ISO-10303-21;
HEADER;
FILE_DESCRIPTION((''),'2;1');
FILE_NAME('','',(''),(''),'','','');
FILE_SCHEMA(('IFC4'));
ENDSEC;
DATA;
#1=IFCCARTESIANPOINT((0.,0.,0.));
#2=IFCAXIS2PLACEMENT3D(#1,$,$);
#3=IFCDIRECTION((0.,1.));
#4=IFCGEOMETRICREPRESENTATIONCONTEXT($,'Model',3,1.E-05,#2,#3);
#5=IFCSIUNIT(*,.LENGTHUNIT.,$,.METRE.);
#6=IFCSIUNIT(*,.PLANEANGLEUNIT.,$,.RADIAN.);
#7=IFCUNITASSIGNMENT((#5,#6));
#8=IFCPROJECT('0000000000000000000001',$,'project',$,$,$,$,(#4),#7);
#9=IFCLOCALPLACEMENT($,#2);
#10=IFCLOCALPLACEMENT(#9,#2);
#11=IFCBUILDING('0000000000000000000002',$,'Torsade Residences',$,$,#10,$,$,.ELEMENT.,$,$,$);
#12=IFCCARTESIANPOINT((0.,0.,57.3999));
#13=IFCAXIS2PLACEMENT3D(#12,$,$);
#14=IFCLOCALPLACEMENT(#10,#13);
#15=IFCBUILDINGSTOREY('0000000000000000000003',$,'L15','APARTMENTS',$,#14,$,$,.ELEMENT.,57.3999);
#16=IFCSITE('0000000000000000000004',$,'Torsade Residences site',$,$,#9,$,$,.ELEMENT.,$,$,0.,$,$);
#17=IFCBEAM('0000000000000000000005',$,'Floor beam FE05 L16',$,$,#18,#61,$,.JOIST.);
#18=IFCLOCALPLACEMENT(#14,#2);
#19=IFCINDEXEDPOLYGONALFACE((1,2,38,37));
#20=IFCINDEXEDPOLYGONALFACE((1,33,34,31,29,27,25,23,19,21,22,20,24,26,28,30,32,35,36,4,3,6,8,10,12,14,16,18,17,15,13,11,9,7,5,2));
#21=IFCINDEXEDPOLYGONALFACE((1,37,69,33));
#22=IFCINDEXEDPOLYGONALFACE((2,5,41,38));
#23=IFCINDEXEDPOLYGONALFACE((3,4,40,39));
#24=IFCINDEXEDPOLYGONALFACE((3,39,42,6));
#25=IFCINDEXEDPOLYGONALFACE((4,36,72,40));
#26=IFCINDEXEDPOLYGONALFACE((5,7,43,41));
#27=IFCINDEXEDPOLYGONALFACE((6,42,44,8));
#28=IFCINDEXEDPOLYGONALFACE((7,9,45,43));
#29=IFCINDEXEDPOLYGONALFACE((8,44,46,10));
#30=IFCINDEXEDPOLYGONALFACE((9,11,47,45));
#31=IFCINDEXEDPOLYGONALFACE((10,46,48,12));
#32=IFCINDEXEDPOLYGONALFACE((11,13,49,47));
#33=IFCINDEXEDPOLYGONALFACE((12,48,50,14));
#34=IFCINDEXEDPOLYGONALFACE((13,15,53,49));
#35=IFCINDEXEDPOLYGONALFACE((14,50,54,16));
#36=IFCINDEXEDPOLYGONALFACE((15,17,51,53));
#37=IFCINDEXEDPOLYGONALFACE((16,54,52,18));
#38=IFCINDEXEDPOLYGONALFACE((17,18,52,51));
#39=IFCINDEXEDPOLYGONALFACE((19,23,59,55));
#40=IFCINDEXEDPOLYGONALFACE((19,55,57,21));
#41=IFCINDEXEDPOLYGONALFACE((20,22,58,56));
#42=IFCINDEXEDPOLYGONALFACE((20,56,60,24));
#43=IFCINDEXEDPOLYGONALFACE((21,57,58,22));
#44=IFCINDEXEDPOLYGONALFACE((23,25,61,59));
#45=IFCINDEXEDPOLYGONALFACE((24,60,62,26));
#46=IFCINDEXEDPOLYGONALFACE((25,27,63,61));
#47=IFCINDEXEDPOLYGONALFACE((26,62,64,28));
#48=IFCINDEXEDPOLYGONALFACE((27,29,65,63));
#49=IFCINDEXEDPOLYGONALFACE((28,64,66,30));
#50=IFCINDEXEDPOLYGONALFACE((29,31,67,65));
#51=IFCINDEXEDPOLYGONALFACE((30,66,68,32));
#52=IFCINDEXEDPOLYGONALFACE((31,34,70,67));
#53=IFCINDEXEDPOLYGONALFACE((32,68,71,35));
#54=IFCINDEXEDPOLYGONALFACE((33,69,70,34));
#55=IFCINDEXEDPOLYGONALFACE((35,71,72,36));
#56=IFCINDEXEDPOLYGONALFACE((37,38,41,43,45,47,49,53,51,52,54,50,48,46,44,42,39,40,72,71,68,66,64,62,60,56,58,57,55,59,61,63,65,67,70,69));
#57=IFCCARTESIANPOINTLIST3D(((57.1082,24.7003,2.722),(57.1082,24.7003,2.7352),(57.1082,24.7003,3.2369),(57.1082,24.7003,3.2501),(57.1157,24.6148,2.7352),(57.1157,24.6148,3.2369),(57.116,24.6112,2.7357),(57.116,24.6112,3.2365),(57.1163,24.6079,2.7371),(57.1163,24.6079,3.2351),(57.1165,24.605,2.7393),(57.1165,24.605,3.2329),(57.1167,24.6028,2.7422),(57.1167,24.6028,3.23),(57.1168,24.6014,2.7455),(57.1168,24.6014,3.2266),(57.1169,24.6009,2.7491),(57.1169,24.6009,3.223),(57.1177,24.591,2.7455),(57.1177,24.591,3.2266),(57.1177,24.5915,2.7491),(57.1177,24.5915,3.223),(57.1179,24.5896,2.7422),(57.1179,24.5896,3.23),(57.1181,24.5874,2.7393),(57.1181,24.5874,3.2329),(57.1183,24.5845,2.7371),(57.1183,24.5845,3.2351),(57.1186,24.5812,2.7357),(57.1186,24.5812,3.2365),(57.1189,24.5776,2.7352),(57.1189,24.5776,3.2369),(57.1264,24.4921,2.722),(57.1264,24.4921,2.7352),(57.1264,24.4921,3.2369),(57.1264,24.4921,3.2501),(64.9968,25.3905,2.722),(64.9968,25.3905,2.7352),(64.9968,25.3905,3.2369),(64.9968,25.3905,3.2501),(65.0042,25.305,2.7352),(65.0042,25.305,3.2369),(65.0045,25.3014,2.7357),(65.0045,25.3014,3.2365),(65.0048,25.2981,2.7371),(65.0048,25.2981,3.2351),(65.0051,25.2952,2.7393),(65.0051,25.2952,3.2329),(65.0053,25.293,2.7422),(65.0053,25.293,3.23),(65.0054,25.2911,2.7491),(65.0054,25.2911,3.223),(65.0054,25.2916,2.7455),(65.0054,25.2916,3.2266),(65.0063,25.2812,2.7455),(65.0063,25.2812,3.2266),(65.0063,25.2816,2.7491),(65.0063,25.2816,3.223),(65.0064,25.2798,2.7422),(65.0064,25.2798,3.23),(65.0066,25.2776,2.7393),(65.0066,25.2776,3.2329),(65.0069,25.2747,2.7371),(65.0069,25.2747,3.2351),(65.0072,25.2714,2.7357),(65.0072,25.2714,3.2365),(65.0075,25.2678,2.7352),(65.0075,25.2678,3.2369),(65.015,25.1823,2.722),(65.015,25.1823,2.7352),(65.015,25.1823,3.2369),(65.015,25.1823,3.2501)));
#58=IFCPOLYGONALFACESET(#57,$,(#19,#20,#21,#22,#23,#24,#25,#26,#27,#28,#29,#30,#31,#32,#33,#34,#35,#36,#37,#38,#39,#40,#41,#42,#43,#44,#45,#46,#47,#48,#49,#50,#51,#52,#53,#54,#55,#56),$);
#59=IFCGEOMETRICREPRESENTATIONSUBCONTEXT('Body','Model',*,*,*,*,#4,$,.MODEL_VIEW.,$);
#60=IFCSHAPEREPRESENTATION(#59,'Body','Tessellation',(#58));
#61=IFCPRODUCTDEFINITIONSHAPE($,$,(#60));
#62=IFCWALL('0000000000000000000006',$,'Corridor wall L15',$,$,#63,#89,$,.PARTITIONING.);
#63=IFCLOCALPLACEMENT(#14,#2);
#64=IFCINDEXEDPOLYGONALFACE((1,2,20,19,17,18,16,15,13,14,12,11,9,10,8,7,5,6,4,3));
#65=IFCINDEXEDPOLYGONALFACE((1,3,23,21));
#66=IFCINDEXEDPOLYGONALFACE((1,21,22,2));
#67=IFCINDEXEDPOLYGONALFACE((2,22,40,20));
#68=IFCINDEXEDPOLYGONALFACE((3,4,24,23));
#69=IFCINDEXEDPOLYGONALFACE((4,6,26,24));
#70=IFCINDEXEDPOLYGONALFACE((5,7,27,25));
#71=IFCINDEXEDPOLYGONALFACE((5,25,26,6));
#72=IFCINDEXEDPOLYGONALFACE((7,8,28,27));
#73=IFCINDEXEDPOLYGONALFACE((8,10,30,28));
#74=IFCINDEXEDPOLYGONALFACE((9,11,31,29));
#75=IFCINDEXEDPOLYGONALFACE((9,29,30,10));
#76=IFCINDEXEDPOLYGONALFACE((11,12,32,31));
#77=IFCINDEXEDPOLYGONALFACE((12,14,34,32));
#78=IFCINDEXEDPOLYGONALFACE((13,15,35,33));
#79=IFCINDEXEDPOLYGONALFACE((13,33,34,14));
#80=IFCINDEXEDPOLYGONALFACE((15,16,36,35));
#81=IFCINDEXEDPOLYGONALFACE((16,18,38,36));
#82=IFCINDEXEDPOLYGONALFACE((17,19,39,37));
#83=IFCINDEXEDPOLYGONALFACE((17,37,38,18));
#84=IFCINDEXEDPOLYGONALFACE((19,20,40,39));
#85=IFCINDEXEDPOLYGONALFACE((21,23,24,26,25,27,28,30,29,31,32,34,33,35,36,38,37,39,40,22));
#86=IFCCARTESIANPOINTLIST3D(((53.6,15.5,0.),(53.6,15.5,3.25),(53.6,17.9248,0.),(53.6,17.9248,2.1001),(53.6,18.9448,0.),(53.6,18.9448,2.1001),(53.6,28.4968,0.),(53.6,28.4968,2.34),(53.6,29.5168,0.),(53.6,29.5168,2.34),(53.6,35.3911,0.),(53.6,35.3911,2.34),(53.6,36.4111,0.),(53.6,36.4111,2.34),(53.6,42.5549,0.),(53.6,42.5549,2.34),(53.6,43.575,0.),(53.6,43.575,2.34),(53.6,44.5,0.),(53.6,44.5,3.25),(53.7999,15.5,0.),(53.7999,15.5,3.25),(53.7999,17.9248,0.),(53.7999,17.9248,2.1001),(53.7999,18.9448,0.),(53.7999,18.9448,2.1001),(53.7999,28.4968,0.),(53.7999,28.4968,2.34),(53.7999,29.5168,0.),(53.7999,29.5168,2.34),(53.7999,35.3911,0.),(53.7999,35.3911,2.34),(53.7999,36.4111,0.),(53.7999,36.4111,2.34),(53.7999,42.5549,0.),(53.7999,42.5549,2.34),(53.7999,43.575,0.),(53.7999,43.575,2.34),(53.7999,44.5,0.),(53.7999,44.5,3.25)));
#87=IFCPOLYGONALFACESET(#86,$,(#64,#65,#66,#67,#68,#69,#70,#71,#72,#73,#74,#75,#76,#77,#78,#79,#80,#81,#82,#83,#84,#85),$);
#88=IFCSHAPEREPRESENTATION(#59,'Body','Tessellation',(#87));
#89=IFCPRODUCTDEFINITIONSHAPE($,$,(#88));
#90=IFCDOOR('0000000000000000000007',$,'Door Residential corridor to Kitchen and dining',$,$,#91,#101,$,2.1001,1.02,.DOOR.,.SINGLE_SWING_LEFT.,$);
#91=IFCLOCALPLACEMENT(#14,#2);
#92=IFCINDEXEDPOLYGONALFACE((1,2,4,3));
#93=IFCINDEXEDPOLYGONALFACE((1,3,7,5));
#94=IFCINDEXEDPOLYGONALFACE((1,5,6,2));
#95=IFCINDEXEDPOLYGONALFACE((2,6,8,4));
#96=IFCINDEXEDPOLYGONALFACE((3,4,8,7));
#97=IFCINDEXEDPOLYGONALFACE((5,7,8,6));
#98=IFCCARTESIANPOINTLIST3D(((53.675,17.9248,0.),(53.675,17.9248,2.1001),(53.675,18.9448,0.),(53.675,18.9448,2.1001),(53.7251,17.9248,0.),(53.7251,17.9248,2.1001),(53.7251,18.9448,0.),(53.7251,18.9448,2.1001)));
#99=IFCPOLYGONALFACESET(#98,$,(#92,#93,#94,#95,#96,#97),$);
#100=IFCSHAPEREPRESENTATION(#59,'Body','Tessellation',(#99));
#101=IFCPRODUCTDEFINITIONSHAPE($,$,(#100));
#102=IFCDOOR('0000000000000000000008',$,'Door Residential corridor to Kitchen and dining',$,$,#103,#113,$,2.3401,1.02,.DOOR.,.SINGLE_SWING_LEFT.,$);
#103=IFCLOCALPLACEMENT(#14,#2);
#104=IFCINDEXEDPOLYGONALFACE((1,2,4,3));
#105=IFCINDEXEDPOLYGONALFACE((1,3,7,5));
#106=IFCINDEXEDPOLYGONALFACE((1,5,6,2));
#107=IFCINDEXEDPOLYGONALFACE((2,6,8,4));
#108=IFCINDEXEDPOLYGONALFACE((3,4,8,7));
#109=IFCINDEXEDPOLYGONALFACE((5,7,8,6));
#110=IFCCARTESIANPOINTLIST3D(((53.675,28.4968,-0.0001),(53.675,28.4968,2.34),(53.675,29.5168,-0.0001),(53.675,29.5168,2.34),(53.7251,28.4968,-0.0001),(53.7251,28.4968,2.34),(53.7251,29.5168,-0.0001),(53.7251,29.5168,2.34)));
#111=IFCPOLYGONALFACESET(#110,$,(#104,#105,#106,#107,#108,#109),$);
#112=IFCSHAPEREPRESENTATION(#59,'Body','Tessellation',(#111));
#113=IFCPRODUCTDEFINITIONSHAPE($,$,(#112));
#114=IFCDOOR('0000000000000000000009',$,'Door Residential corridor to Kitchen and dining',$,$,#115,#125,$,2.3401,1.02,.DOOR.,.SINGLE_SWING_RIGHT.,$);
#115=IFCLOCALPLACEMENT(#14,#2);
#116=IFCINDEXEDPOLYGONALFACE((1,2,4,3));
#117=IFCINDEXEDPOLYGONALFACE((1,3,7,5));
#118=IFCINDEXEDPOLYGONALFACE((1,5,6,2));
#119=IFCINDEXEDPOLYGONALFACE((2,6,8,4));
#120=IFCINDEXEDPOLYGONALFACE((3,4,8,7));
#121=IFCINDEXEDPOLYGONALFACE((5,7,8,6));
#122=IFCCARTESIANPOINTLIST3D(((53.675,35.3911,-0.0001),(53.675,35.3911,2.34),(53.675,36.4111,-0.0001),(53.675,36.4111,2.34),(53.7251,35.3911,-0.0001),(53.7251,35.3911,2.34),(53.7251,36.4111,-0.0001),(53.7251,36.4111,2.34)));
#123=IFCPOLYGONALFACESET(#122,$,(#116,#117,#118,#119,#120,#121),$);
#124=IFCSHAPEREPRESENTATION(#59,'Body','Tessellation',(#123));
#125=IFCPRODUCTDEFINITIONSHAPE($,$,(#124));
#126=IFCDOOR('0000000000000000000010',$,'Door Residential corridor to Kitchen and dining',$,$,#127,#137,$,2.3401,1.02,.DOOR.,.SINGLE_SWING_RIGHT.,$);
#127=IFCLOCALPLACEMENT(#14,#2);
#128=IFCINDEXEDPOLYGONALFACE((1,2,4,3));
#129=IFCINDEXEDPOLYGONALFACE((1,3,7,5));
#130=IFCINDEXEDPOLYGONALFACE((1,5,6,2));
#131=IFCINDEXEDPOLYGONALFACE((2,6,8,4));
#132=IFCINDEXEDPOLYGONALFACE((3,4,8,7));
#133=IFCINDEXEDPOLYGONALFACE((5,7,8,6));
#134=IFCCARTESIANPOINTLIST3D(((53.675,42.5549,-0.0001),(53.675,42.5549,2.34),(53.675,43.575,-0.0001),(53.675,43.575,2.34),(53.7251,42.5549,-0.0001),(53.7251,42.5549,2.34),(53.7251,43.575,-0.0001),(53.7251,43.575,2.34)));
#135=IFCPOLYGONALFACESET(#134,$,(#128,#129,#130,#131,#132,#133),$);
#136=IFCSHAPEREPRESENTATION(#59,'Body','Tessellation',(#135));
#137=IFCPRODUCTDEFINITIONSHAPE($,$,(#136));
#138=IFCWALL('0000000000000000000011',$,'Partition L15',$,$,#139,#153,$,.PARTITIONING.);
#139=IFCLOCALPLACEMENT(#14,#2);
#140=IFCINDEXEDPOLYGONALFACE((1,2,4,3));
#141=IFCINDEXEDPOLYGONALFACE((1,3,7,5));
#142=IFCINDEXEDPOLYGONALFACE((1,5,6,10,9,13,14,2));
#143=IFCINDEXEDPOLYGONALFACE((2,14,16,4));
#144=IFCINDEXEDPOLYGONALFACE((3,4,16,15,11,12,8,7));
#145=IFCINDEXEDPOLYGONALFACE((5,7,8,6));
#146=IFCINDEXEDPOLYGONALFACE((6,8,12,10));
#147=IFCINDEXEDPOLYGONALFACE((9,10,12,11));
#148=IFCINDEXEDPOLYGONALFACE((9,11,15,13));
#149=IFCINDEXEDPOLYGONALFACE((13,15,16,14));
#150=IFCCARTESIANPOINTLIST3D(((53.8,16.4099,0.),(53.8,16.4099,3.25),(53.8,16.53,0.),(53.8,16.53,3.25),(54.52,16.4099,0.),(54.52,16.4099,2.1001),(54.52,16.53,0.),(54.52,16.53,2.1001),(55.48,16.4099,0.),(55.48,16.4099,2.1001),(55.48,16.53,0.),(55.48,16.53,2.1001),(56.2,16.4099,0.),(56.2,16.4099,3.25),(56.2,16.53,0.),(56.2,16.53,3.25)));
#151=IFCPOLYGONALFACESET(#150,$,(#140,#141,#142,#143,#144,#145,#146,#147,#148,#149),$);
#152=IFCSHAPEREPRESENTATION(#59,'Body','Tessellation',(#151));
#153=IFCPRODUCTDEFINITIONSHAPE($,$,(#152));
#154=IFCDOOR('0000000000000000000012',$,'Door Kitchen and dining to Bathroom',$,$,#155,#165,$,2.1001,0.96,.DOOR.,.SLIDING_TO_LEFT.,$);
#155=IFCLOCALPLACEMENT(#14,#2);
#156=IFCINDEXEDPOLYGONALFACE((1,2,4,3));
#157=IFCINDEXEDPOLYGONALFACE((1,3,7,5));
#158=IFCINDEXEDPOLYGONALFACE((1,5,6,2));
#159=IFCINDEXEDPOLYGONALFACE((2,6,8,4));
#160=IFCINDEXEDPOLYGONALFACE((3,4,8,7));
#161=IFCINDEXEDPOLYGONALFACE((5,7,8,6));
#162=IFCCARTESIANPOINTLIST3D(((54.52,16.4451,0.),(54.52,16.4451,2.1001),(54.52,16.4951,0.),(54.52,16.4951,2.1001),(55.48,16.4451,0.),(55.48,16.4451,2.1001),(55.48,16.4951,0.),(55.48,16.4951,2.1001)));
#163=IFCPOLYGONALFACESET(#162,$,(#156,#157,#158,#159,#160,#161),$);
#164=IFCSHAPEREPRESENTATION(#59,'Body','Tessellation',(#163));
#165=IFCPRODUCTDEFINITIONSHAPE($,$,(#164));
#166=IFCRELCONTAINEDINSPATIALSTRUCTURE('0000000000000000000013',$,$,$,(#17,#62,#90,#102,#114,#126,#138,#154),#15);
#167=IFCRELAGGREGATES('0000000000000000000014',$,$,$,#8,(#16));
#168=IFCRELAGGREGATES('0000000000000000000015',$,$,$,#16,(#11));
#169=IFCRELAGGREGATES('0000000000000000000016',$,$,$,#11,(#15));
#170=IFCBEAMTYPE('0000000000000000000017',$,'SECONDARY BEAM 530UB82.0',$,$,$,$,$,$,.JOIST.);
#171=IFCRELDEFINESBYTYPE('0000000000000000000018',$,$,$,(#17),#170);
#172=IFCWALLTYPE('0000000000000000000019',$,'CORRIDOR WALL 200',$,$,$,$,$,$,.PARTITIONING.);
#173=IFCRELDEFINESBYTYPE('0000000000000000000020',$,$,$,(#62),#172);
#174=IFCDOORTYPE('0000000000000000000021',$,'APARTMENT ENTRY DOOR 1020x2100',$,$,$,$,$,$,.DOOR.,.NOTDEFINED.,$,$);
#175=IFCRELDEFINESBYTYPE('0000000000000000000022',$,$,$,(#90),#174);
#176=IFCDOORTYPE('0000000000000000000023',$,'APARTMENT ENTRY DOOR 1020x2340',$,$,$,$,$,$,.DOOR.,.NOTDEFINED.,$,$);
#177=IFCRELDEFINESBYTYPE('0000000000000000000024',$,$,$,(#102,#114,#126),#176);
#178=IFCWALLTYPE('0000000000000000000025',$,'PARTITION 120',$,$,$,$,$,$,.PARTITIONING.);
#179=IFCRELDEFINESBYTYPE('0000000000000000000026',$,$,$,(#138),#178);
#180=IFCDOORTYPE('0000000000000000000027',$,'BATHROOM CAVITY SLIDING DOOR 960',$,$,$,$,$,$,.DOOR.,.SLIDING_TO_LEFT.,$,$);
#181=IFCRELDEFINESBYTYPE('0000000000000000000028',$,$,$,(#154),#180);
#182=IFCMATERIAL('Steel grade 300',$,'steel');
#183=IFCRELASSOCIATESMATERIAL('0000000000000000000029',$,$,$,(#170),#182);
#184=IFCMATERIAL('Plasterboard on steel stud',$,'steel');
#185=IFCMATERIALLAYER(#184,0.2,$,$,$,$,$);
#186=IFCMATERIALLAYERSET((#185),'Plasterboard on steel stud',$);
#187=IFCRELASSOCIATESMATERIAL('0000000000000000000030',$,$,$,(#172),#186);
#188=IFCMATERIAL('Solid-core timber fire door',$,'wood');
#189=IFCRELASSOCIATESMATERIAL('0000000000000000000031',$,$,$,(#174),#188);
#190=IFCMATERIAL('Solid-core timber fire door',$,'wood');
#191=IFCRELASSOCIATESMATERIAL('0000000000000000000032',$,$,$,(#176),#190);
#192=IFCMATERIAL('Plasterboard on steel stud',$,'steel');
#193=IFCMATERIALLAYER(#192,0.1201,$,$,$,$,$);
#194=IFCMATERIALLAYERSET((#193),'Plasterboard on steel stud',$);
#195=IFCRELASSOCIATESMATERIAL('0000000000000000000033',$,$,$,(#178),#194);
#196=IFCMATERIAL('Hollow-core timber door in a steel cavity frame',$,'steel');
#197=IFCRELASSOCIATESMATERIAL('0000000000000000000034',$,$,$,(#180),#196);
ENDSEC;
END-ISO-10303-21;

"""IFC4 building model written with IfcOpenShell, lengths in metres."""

from ifc_helpers import new_model, si_unit, direction, frame, frame_2d, origin, origin_2d, place, context, subcontext, project, spatial, rectangle, i_section, extrude, material, layer, layer_set, material_profile, profile_set, type_object, element, fill, save


model = new_model("IFC4")

# Units and contexts
model_context = context("Model", 3, precision=1e-05, world=origin(), true_north=direction((0.0, 1.0)))
body_context = subcontext(model_context, "Body", "Model", "MODEL_VIEW")
ifc_project = project(units=[si_unit("LENGTHUNIT", "METRE"), si_unit("PLANEANGLEUNIT", "RADIAN")], contexts=[model_context])

# Site, building, storey
site_placement = place(None, origin())
site = spatial("IfcSite", under=ifc_project, at=site_placement, Name="Torsade Residences site", CompositionType="ELEMENT", RefElevation=0.0)
building_placement = place(site_placement, origin())
building = spatial("IfcBuilding", under=site, at=building_placement, Name="Torsade Residences", CompositionType="ELEMENT")
storey_placement = place(building_placement, frame((0.0, 0.0, 57.3999)))
storey = spatial("IfcBuildingStorey", under=building, at=storey_placement, Name="L15", Description="APARTMENTS", CompositionType="ELEMENT", Elevation=57.3999)

# Beam
ifc_material_1 = material(Name="Steel grade 300", Category="steel")
ifc_material_profile_1 = material_profile(ifc_material_1, i_section(OverallWidth=0.209, OverallDepth=0.5281, WebThickness=0.0095, FlangeThickness=0.0132, FilletRadius=0.0139, at=origin_2d()), Name="530UB82.0")
ifc_profile_set_1 = profile_set([ifc_material_profile_1], Name="Steel grade 300")
beam_type_1 = type_object("IfcBeamType", Name="SECONDARY BEAM 530UB82.0", PredefinedType="JOIST", material=ifc_profile_set_1)
beam_1_placement = place(storey_placement, frame((65.0059, 25.2864, 2.9861), z_axis=(-0.996195, -0.087158, 0.0), x_axis=(0.087158, -0.996195, 0.0)))
element("IfcBeam", 1, at=beam_1_placement, inside=storey, type_object=beam_type_1, Name="Floor beam FE05 L16", PredefinedType="JOIST", context=body_context, shape_type="SweptSolid", body=[
    extrude(i_section(OverallWidth=0.209, OverallDepth=0.5281, WebThickness=0.0095, FlangeThickness=0.0132, FilletRadius=0.0139, at=origin_2d()), origin(), (0.0, 0.0, 1.0), 7.9187),
])

# Wall, openings, doors
ifc_material_2 = material(Name="Plasterboard on steel stud", Category="steel")
ifc_layer_1 = layer(ifc_material_2, 0.2)
ifc_layer_set_1 = layer_set([ifc_layer_1], Name="Plasterboard on steel stud")
wall_type_1 = type_object("IfcWallType", Name="CORRIDOR WALL 200", PredefinedType="PARTITIONING", material=ifc_layer_set_1)
wall_1_placement = place(storey_placement, frame((53.7, 15.5, 0.0), z_axis=(0.0, 0.0, 1.0), x_axis=(0.0, 1.0, 0.0)))
wall_1 = element("IfcWall", 2, at=wall_1_placement, inside=storey, type_object=wall_type_1, Name="Corridor wall L15", PredefinedType="PARTITIONING", context=body_context, shape_type="SweptSolid", body=[
    extrude(rectangle(XDim=29.0, YDim=0.2, at=frame_2d((14.5, 0.0))), origin(), (0.0, 0.0, 1.0), 3.25),
])
opening_1_placement = place(wall_1_placement, frame((12.9968, 0.0, 0.0)))
opening_1 = element("IfcOpeningElement", 3, at=opening_1_placement, cuts=wall_1, PredefinedType="OPENING", context=body_context, shape_type="SweptSolid", body=[
    extrude(rectangle(XDim=1.02, YDim=2.3401, at=frame_2d((0.51, 1.1699))), frame((0.0, 0.1099, 0.0), z_axis=(0.0, -1.0, 0.0), x_axis=(1.0, 0.0, 0.0)), (0.0, 0.0, 1.0), 0.22),
])
opening_2_placement = place(wall_1_placement, frame((19.8911, 0.0, 0.0)))
opening_2 = element("IfcOpeningElement", 4, at=opening_2_placement, cuts=wall_1, PredefinedType="OPENING", context=body_context, shape_type="SweptSolid", body=[
    extrude(rectangle(XDim=1.02, YDim=2.3401, at=frame_2d((0.51, 1.1699))), frame((0.0, 0.1099, 0.0), z_axis=(0.0, -1.0, 0.0), x_axis=(1.0, 0.0, 0.0)), (0.0, 0.0, 1.0), 0.22),
])
opening_3_placement = place(wall_1_placement, frame((2.4248, 0.0, 0.0)))
opening_3 = element("IfcOpeningElement", 5, at=opening_3_placement, cuts=wall_1, PredefinedType="OPENING", context=body_context, shape_type="SweptSolid", body=[
    extrude(rectangle(XDim=1.02, YDim=2.1001, at=frame_2d((0.51, 1.05))), frame((0.0, 0.1099, 0.0), z_axis=(0.0, -1.0, 0.0), x_axis=(1.0, 0.0, 0.0)), (0.0, 0.0, 1.0), 0.22),
])
opening_4_placement = place(wall_1_placement, frame((27.0549, 0.0, 0.0)))
opening_4 = element("IfcOpeningElement", 6, at=opening_4_placement, cuts=wall_1, PredefinedType="OPENING", context=body_context, shape_type="SweptSolid", body=[
    extrude(rectangle(XDim=1.02, YDim=2.3401, at=frame_2d((0.51, 1.1699))), frame((0.0, 0.1099, 0.0), z_axis=(0.0, -1.0, 0.0), x_axis=(1.0, 0.0, 0.0)), (0.0, 0.0, 1.0), 0.22),
])
ifc_material_3 = material(Name="Solid-core timber fire door", Category="wood")
door_type_1 = type_object("IfcDoorType", Name="APARTMENT ENTRY DOOR 1020x2100", OperationType="NOTDEFINED", PredefinedType="DOOR", material=ifc_material_3)
door_1_placement = place(opening_3_placement, origin())
door_1 = element("IfcDoor", 7, at=door_1_placement, inside=storey, type_object=door_type_1, Name="Door Residential corridor to Kitchen and dining", OperationType="SINGLE_SWING_LEFT", OverallHeight=2.1001, OverallWidth=1.02, PredefinedType="DOOR", context=body_context, shape_type="SweptSolid", body=[
    extrude(rectangle(XDim=1.02, YDim=2.1001, at=frame_2d((0.51, 1.05))), frame((0.0, 0.0249, 0.0), z_axis=(0.0, -1.0, 0.0), x_axis=(1.0, 0.0, 0.0)), (0.0, 0.0, 1.0), 0.05),
])
fill(opening_3, door_1)
ifc_material_4 = material(Name="Solid-core timber fire door", Category="wood")
door_type_2 = type_object("IfcDoorType", Name="APARTMENT ENTRY DOOR 1020x2340", OperationType="NOTDEFINED", PredefinedType="DOOR", material=ifc_material_4)
door_2_placement = place(opening_1_placement, origin())
door_2 = element("IfcDoor", 8, at=door_2_placement, inside=storey, type_object=door_type_2, Name="Door Residential corridor to Kitchen and dining", OperationType="SINGLE_SWING_LEFT", OverallHeight=2.3401, OverallWidth=1.02, PredefinedType="DOOR", context=body_context, shape_type="SweptSolid", body=[
    extrude(rectangle(XDim=1.02, YDim=2.3401, at=frame_2d((0.51, 1.1699))), frame((0.0, 0.0249, 0.0), z_axis=(0.0, -1.0, 0.0), x_axis=(1.0, 0.0, 0.0)), (0.0, 0.0, 1.0), 0.05),
])
fill(opening_1, door_2)
door_3_placement = place(opening_2_placement, origin())
door_3 = element("IfcDoor", 9, at=door_3_placement, inside=storey, type_object=door_type_2, Name="Door Residential corridor to Kitchen and dining", OperationType="SINGLE_SWING_RIGHT", OverallHeight=2.3401, OverallWidth=1.02, PredefinedType="DOOR", context=body_context, shape_type="SweptSolid", body=[
    extrude(rectangle(XDim=1.02, YDim=2.3401, at=frame_2d((0.51, 1.1699))), frame((0.0, 0.0249, 0.0), z_axis=(0.0, -1.0, 0.0), x_axis=(1.0, 0.0, 0.0)), (0.0, 0.0, 1.0), 0.05),
])
fill(opening_2, door_3)
door_4_placement = place(opening_4_placement, origin())
door_4 = element("IfcDoor", 10, at=door_4_placement, inside=storey, type_object=door_type_2, Name="Door Residential corridor to Kitchen and dining", OperationType="SINGLE_SWING_RIGHT", OverallHeight=2.3401, OverallWidth=1.02, PredefinedType="DOOR", context=body_context, shape_type="SweptSolid", body=[
    extrude(rectangle(XDim=1.02, YDim=2.3401, at=frame_2d((0.51, 1.1699))), frame((0.0, 0.0249, 0.0), z_axis=(0.0, -1.0, 0.0), x_axis=(1.0, 0.0, 0.0)), (0.0, 0.0, 1.0), 0.05),
])
fill(opening_4, door_4)

# Wall, opening, door
ifc_material_5 = material(Name="Plasterboard on steel stud", Category="steel")
ifc_layer_2 = layer(ifc_material_5, 0.1201)
ifc_layer_set_2 = layer_set([ifc_layer_2], Name="Plasterboard on steel stud")
wall_type_2 = type_object("IfcWallType", Name="PARTITION 120", PredefinedType="PARTITIONING", material=ifc_layer_set_2)
wall_2_placement = place(storey_placement, frame((56.2, 16.47, 0.0), z_axis=(0.0, 0.0, 1.0), x_axis=(-1.0, 0.0, 0.0)))
wall_2 = element("IfcWall", 11, at=wall_2_placement, inside=storey, type_object=wall_type_2, Name="Partition L15", PredefinedType="PARTITIONING", context=body_context, shape_type="SweptSolid", body=[
    extrude(rectangle(XDim=2.3999, YDim=0.1201, at=frame_2d((1.2, 0.0))), origin(), (0.0, 0.0, 1.0), 3.25),
])
opening_5_placement = place(wall_2_placement, frame((0.72, 0.0, 0.0)))
opening_5 = element("IfcOpeningElement", 12, at=opening_5_placement, cuts=wall_2, PredefinedType="OPENING", context=body_context, shape_type="SweptSolid", body=[
    extrude(rectangle(XDim=0.96, YDim=2.1001, at=frame_2d((0.48, 1.05))), frame((0.0, 0.0701, 0.0), z_axis=(0.0, -1.0, 0.0), x_axis=(1.0, 0.0, 0.0)), (0.0, 0.0, 1.0), 0.1401),
])
ifc_material_6 = material(Name="Hollow-core timber door in a steel cavity frame", Category="steel")
door_type_3 = type_object("IfcDoorType", Name="BATHROOM CAVITY SLIDING DOOR 960", OperationType="SLIDING_TO_LEFT", PredefinedType="DOOR", material=ifc_material_6)
door_5_placement = place(opening_5_placement, origin())
door_5 = element("IfcDoor", 13, at=door_5_placement, inside=storey, type_object=door_type_3, Name="Door Kitchen and dining to Bathroom", OperationType="SLIDING_TO_LEFT", OverallHeight=2.1001, OverallWidth=0.96, PredefinedType="DOOR", context=body_context, shape_type="SweptSolid", body=[
    extrude(rectangle(XDim=0.96, YDim=2.1001, at=frame_2d((0.48, 1.05))), frame((0.0, 0.0249, 0.0), z_axis=(0.0, -1.0, 0.0), x_axis=(1.0, 0.0, 0.0)), (0.0, 0.0, 1.0), 0.05),
])
fill(opening_5, door_5)

save(model, "model.ifc")
